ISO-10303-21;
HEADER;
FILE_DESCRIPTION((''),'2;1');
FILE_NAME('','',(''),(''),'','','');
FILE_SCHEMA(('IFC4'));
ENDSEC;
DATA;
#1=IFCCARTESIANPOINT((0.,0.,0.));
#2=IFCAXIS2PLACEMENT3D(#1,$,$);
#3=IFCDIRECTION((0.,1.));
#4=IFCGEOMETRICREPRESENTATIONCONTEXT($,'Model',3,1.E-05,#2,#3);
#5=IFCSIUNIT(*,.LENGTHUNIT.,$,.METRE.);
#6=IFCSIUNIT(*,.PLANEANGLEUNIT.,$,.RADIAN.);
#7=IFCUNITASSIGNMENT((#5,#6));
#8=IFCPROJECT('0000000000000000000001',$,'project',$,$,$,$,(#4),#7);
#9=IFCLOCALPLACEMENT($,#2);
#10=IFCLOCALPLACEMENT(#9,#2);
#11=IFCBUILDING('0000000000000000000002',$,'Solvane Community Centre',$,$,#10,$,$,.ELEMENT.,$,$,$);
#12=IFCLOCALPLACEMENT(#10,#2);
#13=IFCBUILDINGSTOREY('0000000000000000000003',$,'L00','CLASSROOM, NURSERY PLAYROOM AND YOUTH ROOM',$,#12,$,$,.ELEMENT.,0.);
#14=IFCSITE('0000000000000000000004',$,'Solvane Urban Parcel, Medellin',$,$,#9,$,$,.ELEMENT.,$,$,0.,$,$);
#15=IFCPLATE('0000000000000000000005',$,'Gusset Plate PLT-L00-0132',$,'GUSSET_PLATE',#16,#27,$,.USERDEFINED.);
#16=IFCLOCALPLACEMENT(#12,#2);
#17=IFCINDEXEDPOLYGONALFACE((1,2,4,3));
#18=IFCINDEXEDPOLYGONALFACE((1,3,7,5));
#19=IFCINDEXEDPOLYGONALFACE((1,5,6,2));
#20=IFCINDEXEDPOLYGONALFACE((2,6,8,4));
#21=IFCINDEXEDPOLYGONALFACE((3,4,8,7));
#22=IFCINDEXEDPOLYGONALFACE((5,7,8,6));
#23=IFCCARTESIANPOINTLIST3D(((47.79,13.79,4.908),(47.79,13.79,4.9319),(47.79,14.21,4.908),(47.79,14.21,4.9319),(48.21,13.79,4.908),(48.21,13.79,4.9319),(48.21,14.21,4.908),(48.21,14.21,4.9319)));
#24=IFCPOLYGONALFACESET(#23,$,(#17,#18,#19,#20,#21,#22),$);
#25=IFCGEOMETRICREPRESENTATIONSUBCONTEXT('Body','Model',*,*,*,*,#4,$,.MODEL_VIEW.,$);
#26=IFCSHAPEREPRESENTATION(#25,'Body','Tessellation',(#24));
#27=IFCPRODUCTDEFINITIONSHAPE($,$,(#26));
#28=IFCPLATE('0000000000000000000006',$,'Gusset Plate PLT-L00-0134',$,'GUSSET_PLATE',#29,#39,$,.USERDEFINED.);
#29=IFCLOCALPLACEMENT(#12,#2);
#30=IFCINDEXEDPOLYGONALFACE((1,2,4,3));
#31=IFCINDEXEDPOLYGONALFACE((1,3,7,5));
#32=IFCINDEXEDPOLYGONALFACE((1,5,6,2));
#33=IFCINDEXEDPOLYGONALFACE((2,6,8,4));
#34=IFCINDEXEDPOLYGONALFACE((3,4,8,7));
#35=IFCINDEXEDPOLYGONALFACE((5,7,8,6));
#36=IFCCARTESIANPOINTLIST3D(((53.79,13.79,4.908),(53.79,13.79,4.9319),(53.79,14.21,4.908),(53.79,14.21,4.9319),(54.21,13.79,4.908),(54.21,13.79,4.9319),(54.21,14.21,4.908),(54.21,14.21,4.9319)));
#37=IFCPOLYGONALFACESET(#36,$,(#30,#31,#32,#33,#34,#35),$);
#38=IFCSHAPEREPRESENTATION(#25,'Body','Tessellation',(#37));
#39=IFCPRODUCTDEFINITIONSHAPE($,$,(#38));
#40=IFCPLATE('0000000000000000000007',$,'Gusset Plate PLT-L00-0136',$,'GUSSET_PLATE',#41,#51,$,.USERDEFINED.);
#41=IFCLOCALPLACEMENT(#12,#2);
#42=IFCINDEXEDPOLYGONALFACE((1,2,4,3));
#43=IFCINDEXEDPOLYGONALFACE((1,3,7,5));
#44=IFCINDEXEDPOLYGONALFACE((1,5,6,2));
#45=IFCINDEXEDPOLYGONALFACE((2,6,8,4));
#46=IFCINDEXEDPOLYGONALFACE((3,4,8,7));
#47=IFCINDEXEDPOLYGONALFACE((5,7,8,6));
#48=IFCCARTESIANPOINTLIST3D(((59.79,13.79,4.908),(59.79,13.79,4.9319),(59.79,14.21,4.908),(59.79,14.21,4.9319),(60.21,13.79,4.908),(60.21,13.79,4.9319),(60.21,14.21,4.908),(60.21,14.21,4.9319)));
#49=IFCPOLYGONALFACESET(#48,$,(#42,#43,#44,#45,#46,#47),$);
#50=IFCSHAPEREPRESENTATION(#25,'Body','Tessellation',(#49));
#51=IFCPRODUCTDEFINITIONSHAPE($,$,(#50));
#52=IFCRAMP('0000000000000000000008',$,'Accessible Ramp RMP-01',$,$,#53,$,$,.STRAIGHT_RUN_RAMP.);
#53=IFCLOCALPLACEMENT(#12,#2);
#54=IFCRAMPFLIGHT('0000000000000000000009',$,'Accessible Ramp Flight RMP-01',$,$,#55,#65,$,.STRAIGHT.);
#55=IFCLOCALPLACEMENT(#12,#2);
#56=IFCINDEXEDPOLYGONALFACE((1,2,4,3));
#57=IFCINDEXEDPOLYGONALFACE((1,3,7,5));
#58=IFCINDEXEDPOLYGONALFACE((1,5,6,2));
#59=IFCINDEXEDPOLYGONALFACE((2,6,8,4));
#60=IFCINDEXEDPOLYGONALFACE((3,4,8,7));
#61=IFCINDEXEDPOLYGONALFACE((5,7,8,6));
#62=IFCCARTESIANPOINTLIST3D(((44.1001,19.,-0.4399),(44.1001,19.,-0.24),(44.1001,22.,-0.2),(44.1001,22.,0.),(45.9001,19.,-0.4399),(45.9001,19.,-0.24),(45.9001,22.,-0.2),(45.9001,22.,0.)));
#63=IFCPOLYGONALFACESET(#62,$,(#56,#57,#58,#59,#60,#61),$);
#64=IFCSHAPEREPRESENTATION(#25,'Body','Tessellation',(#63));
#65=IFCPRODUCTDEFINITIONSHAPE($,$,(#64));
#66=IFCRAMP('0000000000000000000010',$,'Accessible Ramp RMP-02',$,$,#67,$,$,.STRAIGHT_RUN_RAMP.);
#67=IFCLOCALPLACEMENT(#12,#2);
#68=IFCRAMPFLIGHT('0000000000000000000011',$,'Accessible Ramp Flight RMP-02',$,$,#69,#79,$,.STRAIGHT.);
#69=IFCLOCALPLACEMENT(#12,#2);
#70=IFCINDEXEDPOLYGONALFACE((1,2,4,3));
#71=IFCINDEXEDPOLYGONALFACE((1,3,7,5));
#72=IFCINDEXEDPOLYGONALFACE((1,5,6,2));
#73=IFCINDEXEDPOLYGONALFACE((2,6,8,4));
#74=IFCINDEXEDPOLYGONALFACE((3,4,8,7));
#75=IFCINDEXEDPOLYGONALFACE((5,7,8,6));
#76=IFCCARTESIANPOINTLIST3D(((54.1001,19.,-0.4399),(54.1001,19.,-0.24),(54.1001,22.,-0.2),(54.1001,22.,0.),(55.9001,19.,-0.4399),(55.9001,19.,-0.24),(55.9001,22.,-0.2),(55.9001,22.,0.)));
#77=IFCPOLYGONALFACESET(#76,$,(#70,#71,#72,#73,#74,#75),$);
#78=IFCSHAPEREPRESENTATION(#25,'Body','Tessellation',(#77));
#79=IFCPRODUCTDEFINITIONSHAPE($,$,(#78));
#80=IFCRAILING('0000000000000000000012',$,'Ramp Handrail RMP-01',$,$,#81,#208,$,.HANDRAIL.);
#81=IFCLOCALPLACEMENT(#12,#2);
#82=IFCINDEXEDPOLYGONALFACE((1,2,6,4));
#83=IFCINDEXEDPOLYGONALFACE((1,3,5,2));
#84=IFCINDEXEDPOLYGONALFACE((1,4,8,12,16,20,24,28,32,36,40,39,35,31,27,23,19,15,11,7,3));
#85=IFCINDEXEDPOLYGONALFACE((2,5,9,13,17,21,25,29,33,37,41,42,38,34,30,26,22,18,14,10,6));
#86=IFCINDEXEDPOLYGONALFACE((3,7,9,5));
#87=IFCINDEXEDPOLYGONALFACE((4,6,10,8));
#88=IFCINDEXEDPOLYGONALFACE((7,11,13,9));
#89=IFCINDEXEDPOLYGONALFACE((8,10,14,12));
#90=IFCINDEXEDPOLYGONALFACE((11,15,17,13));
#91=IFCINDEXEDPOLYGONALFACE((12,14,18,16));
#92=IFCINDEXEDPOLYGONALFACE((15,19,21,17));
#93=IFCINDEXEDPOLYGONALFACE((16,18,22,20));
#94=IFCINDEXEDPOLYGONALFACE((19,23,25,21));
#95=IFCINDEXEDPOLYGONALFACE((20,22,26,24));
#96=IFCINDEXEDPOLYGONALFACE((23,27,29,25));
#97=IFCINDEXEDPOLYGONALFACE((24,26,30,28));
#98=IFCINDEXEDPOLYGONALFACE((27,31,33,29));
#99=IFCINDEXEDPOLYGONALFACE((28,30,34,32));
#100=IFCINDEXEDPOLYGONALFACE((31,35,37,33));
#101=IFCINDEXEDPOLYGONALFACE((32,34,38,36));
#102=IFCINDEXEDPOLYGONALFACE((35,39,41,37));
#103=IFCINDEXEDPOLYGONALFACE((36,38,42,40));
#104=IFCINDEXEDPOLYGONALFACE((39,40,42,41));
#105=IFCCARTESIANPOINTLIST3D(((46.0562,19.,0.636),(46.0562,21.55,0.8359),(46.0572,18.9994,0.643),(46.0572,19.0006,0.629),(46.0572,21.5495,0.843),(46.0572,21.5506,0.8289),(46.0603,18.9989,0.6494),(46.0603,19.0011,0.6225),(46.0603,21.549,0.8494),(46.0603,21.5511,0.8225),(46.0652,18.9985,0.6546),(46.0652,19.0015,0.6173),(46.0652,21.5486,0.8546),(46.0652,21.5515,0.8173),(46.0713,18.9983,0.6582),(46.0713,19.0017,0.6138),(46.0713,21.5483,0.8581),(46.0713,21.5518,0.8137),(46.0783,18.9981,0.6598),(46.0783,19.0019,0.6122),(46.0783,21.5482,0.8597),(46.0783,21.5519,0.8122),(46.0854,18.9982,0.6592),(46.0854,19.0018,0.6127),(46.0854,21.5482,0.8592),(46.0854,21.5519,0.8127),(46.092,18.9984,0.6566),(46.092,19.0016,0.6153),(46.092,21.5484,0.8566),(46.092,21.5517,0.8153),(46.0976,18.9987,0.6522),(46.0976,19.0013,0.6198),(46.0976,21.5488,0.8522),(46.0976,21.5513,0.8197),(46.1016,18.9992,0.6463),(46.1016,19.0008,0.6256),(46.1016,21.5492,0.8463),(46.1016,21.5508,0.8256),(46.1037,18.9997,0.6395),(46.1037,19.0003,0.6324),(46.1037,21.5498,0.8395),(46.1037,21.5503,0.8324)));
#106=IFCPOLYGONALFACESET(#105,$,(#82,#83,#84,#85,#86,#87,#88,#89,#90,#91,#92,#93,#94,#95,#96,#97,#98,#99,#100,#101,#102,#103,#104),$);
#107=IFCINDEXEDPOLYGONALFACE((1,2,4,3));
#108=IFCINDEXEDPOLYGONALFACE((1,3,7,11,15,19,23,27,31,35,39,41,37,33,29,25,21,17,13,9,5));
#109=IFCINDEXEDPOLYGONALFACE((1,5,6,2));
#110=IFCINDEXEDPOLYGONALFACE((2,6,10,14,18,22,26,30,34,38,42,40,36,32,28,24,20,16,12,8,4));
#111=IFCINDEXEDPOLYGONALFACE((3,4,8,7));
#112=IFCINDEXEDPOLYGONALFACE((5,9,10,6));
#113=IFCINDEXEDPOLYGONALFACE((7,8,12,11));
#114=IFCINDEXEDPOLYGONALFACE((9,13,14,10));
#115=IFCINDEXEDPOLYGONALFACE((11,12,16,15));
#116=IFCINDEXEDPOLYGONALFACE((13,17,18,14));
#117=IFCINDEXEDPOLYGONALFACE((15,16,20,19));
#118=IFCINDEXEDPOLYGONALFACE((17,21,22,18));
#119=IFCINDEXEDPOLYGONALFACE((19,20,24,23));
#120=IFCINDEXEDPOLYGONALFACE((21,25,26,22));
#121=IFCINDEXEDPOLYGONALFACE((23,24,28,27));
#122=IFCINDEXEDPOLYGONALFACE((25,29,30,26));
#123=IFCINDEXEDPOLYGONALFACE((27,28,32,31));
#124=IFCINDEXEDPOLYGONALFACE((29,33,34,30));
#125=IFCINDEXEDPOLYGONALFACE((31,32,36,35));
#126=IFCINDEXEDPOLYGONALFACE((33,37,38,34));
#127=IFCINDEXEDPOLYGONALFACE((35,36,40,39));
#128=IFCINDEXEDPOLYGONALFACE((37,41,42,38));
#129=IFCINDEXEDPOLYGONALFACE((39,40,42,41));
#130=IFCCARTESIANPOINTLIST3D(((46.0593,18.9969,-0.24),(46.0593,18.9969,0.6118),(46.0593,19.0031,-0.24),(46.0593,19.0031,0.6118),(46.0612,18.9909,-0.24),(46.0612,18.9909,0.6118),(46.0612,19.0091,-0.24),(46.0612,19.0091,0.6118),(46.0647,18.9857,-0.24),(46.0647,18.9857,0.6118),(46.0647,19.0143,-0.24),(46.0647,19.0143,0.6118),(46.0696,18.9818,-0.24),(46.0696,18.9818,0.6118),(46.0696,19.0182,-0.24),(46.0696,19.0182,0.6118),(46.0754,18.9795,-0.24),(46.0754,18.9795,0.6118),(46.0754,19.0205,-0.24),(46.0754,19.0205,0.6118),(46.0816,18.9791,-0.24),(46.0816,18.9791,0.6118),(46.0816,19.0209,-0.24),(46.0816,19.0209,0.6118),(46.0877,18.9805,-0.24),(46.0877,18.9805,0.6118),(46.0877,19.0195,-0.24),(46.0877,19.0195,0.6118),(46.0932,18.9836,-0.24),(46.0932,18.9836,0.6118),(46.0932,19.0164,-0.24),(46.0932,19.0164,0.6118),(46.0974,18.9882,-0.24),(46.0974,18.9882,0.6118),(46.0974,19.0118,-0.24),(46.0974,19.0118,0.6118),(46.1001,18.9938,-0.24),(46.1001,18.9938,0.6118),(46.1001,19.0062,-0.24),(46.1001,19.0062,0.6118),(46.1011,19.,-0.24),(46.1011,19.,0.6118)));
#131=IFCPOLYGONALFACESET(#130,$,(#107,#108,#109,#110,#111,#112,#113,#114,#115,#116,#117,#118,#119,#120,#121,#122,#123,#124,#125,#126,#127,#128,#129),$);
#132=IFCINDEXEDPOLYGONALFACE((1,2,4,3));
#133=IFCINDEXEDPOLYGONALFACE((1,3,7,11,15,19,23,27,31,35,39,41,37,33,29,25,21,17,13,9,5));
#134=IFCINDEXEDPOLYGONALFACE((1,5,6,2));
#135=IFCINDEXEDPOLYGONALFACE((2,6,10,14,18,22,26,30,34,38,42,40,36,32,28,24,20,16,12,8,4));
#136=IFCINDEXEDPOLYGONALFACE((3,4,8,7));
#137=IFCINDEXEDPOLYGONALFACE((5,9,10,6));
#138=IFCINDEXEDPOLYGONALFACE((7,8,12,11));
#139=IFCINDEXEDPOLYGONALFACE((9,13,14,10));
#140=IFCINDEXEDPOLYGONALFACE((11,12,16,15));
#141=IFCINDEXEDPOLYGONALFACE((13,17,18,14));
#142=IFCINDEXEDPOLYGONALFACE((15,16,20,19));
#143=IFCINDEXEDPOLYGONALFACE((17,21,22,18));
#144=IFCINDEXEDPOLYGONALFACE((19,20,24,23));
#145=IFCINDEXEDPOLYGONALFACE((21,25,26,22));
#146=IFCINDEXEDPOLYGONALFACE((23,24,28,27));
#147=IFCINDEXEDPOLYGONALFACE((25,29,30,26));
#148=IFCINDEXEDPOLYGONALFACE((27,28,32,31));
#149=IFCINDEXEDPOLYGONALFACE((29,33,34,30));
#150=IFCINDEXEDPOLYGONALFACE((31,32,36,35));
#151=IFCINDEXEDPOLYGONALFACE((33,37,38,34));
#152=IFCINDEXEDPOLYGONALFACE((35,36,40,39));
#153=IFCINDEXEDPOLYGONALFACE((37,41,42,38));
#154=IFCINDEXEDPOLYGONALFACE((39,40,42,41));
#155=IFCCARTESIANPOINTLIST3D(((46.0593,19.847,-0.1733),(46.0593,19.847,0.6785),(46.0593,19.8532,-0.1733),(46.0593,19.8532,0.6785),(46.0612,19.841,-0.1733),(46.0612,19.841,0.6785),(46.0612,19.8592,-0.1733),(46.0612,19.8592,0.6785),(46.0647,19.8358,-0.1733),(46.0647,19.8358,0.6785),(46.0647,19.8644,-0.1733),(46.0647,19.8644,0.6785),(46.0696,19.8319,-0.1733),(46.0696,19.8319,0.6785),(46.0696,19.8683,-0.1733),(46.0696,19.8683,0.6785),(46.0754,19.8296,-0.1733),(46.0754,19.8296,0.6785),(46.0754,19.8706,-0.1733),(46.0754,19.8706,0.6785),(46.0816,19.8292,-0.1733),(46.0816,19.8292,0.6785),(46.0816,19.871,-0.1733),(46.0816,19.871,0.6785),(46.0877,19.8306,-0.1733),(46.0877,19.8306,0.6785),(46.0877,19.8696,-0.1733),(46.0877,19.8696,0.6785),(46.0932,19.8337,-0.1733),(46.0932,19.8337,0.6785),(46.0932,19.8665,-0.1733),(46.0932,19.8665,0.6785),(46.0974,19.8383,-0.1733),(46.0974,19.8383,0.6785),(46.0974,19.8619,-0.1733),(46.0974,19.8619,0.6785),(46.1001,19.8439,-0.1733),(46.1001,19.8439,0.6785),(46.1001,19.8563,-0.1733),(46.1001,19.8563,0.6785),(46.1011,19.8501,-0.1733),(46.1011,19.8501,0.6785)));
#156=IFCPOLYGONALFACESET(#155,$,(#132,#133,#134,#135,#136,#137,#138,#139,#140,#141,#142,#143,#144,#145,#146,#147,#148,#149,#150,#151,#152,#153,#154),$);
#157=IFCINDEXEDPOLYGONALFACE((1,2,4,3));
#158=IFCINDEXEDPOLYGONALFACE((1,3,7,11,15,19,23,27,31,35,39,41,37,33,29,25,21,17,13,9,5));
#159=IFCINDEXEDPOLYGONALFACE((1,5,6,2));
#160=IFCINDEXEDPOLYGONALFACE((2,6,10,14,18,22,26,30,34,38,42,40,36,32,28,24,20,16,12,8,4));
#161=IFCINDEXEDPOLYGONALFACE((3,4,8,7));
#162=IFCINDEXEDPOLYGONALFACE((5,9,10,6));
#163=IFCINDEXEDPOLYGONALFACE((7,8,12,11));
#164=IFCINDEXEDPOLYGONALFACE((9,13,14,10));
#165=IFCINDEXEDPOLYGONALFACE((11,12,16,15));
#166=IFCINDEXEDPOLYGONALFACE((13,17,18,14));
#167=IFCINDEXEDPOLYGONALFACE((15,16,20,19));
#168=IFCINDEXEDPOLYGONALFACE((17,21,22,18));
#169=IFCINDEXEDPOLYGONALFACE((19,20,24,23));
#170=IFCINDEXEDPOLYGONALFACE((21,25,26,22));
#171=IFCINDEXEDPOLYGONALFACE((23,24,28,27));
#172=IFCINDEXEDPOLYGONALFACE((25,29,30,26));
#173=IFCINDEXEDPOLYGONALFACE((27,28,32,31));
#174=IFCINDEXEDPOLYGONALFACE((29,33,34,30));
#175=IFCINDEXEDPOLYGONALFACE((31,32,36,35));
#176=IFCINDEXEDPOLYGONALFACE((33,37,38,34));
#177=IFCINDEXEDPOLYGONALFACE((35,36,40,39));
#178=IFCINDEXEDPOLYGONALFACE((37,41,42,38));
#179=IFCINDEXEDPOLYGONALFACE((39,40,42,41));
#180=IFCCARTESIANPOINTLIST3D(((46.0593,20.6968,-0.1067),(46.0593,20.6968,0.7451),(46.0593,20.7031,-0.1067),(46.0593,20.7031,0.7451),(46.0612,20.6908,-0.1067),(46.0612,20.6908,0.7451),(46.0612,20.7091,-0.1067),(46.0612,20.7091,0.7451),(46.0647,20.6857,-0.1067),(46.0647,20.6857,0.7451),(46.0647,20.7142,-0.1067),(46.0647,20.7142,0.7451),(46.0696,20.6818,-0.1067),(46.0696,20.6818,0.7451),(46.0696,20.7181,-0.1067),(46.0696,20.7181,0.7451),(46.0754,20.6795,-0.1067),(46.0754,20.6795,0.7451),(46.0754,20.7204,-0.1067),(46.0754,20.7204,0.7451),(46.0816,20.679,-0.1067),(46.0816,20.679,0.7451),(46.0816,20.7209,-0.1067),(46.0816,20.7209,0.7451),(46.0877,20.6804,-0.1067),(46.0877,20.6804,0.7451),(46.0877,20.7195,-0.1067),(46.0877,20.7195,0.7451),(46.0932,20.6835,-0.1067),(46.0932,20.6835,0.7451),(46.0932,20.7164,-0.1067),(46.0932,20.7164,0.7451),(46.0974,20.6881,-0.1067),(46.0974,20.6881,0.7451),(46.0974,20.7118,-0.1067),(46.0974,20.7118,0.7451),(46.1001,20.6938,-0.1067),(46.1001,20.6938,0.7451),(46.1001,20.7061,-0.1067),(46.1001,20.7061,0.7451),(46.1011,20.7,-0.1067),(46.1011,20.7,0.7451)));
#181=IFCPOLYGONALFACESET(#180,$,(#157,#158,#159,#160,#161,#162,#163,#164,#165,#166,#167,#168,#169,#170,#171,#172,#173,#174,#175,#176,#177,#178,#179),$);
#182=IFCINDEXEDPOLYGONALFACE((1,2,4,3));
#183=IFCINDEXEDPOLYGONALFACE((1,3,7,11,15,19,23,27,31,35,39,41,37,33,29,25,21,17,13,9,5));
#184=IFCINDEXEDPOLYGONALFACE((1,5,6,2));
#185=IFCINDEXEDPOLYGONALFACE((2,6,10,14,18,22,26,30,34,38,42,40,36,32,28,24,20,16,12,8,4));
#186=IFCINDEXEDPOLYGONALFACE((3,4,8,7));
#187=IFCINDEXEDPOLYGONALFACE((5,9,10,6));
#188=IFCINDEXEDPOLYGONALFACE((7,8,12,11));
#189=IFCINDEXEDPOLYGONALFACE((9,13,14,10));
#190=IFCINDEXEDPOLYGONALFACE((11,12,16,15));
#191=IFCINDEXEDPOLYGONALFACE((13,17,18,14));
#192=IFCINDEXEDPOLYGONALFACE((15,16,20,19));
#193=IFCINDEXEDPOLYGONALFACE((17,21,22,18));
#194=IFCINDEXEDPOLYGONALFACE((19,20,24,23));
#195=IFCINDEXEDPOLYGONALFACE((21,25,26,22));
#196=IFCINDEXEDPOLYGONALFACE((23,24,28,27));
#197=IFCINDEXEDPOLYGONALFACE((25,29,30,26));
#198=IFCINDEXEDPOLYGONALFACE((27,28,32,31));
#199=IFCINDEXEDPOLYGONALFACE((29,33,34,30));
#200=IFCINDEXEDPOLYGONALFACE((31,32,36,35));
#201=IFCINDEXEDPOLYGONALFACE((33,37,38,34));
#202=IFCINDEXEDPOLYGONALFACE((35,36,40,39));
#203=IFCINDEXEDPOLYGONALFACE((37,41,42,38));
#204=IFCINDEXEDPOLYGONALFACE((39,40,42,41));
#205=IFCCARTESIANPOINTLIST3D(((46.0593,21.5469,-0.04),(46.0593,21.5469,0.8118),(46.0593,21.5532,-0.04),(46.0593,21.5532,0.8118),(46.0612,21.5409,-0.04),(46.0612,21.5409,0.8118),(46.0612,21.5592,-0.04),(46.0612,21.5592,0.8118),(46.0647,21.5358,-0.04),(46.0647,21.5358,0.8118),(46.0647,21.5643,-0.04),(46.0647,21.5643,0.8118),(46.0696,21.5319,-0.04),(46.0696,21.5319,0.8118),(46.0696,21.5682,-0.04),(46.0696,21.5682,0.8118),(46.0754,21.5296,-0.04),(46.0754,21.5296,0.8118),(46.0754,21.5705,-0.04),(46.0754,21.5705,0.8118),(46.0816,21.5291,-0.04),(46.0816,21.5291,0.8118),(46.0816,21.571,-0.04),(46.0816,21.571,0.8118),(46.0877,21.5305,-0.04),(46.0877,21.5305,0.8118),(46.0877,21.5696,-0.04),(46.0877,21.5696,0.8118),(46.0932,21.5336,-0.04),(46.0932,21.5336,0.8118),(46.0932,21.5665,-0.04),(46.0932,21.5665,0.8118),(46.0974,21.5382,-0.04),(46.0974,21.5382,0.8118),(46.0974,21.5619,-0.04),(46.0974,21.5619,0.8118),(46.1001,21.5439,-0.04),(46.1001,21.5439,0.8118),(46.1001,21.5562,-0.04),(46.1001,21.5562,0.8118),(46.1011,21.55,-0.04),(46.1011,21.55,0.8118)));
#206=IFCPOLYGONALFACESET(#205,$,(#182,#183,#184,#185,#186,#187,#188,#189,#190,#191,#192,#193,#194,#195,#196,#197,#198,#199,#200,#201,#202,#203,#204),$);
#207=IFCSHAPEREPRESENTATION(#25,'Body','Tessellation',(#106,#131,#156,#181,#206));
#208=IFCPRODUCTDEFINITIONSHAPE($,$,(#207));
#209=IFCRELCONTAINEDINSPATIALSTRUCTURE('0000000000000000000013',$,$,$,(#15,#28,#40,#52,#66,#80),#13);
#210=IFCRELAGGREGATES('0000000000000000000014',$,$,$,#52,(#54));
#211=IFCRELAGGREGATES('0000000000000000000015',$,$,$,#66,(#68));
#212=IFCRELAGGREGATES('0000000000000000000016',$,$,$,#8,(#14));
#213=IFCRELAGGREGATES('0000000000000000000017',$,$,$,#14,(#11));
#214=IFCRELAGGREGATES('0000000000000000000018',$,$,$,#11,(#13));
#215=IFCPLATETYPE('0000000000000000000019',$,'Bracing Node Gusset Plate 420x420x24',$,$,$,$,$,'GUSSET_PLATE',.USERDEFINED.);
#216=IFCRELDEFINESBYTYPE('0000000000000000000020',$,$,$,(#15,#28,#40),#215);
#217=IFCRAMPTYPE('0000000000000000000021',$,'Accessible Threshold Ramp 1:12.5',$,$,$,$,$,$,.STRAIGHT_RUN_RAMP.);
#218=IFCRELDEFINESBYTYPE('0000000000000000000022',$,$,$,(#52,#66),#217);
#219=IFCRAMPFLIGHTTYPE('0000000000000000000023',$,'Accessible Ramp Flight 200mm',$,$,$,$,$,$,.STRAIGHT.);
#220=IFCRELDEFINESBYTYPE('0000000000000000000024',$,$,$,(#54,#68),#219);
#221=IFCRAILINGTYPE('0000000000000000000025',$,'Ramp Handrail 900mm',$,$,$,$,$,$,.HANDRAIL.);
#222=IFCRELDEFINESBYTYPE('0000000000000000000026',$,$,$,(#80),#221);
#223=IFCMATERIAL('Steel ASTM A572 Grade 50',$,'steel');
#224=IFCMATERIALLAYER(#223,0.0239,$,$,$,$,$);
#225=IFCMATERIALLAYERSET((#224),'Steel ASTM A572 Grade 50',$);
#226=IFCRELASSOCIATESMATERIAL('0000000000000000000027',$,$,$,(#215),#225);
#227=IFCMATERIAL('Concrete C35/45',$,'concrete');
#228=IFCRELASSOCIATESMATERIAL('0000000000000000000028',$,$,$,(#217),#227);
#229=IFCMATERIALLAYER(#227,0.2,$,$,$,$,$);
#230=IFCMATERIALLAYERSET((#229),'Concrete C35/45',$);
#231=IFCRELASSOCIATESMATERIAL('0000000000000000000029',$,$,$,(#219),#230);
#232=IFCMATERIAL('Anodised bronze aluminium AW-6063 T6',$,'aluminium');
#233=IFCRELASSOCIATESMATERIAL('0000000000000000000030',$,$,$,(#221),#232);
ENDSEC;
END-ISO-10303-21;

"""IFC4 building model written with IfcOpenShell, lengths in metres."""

from ifc_helpers import new_model, si_unit, direction, frame, origin, origin_2d, place, context, subcontext, project, spatial, polyline, rectangle, circle, outline, extrude, material, layer, layer_set, type_object, element, aggregate, save


model = new_model("IFC4")

# Units and contexts
model_context = context("Model", 3, precision=1e-05, world=origin(), true_north=direction((0.0, 1.0)))
body_context = subcontext(model_context, "Body", "Model", "MODEL_VIEW")
ifc_project = project(units=[si_unit("LENGTHUNIT", "METRE"), si_unit("PLANEANGLEUNIT", "RADIAN")], contexts=[model_context])

# Site, building, storey
site_placement = place(None, origin())
site = spatial("IfcSite", under=ifc_project, at=site_placement, Name="Solvane Urban Parcel, Medellin", CompositionType="ELEMENT", RefElevation=0.0)
building_placement = place(site_placement, origin())
building = spatial("IfcBuilding", under=site, at=building_placement, Name="Solvane Community Centre", CompositionType="ELEMENT")
storey_placement = place(building_placement, origin())
storey = spatial("IfcBuildingStorey", under=building, at=storey_placement, Name="L00", Description="CLASSROOM, NURSERY PLAYROOM AND YOUTH ROOM", CompositionType="ELEMENT", Elevation=0.0)

# Shared definitions
ifc_material_1 = material(Name="Concrete C35/45", Category="concrete")

# Shared definitions
ifc_material_2 = material(Name="Steel ASTM A572 Grade 50", Category="steel")

# Plates
ifc_layer_1 = layer(ifc_material_2, 0.0239)
ifc_layer_set_1 = layer_set([ifc_layer_1], Name="Steel ASTM A572 Grade 50")
plate_type = type_object("IfcPlateType", Name="Bracing Node Gusset Plate 420x420x24", ElementType="GUSSET_PLATE", PredefinedType="USERDEFINED", material=ifc_layer_set_1)
for number, where, z_axis, x_axis, name in (
    (1, (48.0, 14.0, 4.908), (0.0, 0.0, 1.0), (1.0, 0.0, 0.0), "Gusset Plate PLT-L00-0132"),
    (2, (54.0, 14.0, 4.908), (0.0, 0.0, 1.0), (1.0, 0.0, 0.0), "Gusset Plate PLT-L00-0134"),
    (3, (60.0, 14.0, 4.908), (0.0, 0.0, 1.0), (1.0, 0.0, 0.0), "Gusset Plate PLT-L00-0136"),
):
    element("IfcPlate", number, at=place(storey_placement, frame(where, z_axis=z_axis, x_axis=x_axis)), inside=storey, type_object=plate_type, Name=name, ObjectType="GUSSET_PLATE", PredefinedType="USERDEFINED", context=body_context, shape_type="SweptSolid", body=[
        extrude(rectangle(XDim=0.4199, YDim=0.4199, at=origin_2d()), origin(), (0.0, 0.0, 1.0), 0.0239),
    ])

# Ramps, ramp flights
ramp_type = type_object("IfcRampType", Name="Accessible Threshold Ramp 1:12.5", PredefinedType="STRAIGHT_RUN_RAMP", material=ifc_material_1)
ramp_1_placement = place(storey_placement, origin())
ramp_1 = element("IfcRamp", 4, at=ramp_1_placement, inside=storey, type_object=ramp_type, Name="Accessible Ramp RMP-01", PredefinedType="STRAIGHT_RUN_RAMP")
ifc_layer_2 = layer(ifc_material_1, 0.2)
ifc_layer_set_2 = layer_set([ifc_layer_2], Name="Concrete C35/45")
ramp_flight_type = type_object("IfcRampFlightType", Name="Accessible Ramp Flight 200mm", PredefinedType="STRAIGHT", material=ifc_layer_set_2)
ramp_flight_1_placement = place(storey_placement, frame((45.0, 19.0, -0.24), z_axis=(0.0, 0.0, 1.0), x_axis=(0.0, 1.0, 0.0)))
ramp_flight_1 = element("IfcRampFlight", 5, at=ramp_flight_1_placement, type_object=ramp_flight_type, Name="Accessible Ramp Flight RMP-01", PredefinedType="STRAIGHT", context=body_context, shape_type="SweptSolid", body=[
    extrude(outline(polyline([(0.0, 0.0), (3.0, 0.24), (3.0, 0.04), (0.0, -0.2), (0.0, 0.0)])), frame((0.0, 0.8999, 0.0), z_axis=(0.0, -1.0, 0.0), x_axis=(1.0, 0.0, 0.0)), (0.0, 0.0, 1.0), 1.8),
])
aggregate(ramp_1, [ramp_flight_1])
ramp_2_placement = place(storey_placement, origin())
ramp_2 = element("IfcRamp", 6, at=ramp_2_placement, inside=storey, type_object=ramp_type, Name="Accessible Ramp RMP-02", PredefinedType="STRAIGHT_RUN_RAMP")
ramp_flight_2_placement = place(storey_placement, frame((55.0, 19.0, -0.24), z_axis=(0.0, 0.0, 1.0), x_axis=(0.0, 1.0, 0.0)))
ramp_flight_2 = element("IfcRampFlight", 7, at=ramp_flight_2_placement, type_object=ramp_flight_type, Name="Accessible Ramp Flight RMP-02", PredefinedType="STRAIGHT", context=body_context, shape_type="SweptSolid", body=[
    extrude(outline(polyline([(0.0, 0.0), (3.0, 0.24), (3.0, 0.04), (0.0, -0.2), (0.0, 0.0)])), frame((0.0, 0.8999, 0.0), z_axis=(0.0, -1.0, 0.0), x_axis=(1.0, 0.0, 0.0)), (0.0, 0.0, 1.0), 1.8),
])
aggregate(ramp_2, [ramp_flight_2])

# Railing
ifc_material_3 = material(Name="Anodised bronze aluminium AW-6063 T6", Category="aluminium")
railing_type = type_object("IfcRailingType", Name="Ramp Handrail 900mm", PredefinedType="HANDRAIL", material=ifc_material_3)
for number, where, name in (
    (8, (46.0801, 19.0, -0.24), "Ramp Handrail RMP-01"),
):
    element("IfcRailing", number, at=place(storey_placement, frame(where)), inside=storey, type_object=railing_type, Name=name, PredefinedType="HANDRAIL", context=body_context, shape_type="SweptSolid", body=[
        extrude(circle(Radius=0.0239, at=origin_2d()), frame((0.0, 0.0, 0.876), z_axis=(0.0, 0.99694, 0.078171), x_axis=(-1.0, 0.0, 0.0)), (0.0, 0.0, 1.0), 2.5579),
        extrude(circle(Radius=0.021, at=origin_2d()), origin(), (0.0, 0.0, 1.0), 0.8518),
        extrude(circle(Radius=0.021, at=origin_2d()), frame((0.0, 0.8501, 0.0667)), (0.0, 0.0, 1.0), 0.8518),
        extrude(circle(Radius=0.021, at=origin_2d()), frame((0.0, 1.7, 0.1333)), (0.0, 0.0, 1.0), 0.8518),
        extrude(circle(Radius=0.021, at=origin_2d()), frame((0.0, 2.55, 0.2)), (0.0, 0.0, 1.0), 0.8518),
    ])

save(model, "model.ifc")
